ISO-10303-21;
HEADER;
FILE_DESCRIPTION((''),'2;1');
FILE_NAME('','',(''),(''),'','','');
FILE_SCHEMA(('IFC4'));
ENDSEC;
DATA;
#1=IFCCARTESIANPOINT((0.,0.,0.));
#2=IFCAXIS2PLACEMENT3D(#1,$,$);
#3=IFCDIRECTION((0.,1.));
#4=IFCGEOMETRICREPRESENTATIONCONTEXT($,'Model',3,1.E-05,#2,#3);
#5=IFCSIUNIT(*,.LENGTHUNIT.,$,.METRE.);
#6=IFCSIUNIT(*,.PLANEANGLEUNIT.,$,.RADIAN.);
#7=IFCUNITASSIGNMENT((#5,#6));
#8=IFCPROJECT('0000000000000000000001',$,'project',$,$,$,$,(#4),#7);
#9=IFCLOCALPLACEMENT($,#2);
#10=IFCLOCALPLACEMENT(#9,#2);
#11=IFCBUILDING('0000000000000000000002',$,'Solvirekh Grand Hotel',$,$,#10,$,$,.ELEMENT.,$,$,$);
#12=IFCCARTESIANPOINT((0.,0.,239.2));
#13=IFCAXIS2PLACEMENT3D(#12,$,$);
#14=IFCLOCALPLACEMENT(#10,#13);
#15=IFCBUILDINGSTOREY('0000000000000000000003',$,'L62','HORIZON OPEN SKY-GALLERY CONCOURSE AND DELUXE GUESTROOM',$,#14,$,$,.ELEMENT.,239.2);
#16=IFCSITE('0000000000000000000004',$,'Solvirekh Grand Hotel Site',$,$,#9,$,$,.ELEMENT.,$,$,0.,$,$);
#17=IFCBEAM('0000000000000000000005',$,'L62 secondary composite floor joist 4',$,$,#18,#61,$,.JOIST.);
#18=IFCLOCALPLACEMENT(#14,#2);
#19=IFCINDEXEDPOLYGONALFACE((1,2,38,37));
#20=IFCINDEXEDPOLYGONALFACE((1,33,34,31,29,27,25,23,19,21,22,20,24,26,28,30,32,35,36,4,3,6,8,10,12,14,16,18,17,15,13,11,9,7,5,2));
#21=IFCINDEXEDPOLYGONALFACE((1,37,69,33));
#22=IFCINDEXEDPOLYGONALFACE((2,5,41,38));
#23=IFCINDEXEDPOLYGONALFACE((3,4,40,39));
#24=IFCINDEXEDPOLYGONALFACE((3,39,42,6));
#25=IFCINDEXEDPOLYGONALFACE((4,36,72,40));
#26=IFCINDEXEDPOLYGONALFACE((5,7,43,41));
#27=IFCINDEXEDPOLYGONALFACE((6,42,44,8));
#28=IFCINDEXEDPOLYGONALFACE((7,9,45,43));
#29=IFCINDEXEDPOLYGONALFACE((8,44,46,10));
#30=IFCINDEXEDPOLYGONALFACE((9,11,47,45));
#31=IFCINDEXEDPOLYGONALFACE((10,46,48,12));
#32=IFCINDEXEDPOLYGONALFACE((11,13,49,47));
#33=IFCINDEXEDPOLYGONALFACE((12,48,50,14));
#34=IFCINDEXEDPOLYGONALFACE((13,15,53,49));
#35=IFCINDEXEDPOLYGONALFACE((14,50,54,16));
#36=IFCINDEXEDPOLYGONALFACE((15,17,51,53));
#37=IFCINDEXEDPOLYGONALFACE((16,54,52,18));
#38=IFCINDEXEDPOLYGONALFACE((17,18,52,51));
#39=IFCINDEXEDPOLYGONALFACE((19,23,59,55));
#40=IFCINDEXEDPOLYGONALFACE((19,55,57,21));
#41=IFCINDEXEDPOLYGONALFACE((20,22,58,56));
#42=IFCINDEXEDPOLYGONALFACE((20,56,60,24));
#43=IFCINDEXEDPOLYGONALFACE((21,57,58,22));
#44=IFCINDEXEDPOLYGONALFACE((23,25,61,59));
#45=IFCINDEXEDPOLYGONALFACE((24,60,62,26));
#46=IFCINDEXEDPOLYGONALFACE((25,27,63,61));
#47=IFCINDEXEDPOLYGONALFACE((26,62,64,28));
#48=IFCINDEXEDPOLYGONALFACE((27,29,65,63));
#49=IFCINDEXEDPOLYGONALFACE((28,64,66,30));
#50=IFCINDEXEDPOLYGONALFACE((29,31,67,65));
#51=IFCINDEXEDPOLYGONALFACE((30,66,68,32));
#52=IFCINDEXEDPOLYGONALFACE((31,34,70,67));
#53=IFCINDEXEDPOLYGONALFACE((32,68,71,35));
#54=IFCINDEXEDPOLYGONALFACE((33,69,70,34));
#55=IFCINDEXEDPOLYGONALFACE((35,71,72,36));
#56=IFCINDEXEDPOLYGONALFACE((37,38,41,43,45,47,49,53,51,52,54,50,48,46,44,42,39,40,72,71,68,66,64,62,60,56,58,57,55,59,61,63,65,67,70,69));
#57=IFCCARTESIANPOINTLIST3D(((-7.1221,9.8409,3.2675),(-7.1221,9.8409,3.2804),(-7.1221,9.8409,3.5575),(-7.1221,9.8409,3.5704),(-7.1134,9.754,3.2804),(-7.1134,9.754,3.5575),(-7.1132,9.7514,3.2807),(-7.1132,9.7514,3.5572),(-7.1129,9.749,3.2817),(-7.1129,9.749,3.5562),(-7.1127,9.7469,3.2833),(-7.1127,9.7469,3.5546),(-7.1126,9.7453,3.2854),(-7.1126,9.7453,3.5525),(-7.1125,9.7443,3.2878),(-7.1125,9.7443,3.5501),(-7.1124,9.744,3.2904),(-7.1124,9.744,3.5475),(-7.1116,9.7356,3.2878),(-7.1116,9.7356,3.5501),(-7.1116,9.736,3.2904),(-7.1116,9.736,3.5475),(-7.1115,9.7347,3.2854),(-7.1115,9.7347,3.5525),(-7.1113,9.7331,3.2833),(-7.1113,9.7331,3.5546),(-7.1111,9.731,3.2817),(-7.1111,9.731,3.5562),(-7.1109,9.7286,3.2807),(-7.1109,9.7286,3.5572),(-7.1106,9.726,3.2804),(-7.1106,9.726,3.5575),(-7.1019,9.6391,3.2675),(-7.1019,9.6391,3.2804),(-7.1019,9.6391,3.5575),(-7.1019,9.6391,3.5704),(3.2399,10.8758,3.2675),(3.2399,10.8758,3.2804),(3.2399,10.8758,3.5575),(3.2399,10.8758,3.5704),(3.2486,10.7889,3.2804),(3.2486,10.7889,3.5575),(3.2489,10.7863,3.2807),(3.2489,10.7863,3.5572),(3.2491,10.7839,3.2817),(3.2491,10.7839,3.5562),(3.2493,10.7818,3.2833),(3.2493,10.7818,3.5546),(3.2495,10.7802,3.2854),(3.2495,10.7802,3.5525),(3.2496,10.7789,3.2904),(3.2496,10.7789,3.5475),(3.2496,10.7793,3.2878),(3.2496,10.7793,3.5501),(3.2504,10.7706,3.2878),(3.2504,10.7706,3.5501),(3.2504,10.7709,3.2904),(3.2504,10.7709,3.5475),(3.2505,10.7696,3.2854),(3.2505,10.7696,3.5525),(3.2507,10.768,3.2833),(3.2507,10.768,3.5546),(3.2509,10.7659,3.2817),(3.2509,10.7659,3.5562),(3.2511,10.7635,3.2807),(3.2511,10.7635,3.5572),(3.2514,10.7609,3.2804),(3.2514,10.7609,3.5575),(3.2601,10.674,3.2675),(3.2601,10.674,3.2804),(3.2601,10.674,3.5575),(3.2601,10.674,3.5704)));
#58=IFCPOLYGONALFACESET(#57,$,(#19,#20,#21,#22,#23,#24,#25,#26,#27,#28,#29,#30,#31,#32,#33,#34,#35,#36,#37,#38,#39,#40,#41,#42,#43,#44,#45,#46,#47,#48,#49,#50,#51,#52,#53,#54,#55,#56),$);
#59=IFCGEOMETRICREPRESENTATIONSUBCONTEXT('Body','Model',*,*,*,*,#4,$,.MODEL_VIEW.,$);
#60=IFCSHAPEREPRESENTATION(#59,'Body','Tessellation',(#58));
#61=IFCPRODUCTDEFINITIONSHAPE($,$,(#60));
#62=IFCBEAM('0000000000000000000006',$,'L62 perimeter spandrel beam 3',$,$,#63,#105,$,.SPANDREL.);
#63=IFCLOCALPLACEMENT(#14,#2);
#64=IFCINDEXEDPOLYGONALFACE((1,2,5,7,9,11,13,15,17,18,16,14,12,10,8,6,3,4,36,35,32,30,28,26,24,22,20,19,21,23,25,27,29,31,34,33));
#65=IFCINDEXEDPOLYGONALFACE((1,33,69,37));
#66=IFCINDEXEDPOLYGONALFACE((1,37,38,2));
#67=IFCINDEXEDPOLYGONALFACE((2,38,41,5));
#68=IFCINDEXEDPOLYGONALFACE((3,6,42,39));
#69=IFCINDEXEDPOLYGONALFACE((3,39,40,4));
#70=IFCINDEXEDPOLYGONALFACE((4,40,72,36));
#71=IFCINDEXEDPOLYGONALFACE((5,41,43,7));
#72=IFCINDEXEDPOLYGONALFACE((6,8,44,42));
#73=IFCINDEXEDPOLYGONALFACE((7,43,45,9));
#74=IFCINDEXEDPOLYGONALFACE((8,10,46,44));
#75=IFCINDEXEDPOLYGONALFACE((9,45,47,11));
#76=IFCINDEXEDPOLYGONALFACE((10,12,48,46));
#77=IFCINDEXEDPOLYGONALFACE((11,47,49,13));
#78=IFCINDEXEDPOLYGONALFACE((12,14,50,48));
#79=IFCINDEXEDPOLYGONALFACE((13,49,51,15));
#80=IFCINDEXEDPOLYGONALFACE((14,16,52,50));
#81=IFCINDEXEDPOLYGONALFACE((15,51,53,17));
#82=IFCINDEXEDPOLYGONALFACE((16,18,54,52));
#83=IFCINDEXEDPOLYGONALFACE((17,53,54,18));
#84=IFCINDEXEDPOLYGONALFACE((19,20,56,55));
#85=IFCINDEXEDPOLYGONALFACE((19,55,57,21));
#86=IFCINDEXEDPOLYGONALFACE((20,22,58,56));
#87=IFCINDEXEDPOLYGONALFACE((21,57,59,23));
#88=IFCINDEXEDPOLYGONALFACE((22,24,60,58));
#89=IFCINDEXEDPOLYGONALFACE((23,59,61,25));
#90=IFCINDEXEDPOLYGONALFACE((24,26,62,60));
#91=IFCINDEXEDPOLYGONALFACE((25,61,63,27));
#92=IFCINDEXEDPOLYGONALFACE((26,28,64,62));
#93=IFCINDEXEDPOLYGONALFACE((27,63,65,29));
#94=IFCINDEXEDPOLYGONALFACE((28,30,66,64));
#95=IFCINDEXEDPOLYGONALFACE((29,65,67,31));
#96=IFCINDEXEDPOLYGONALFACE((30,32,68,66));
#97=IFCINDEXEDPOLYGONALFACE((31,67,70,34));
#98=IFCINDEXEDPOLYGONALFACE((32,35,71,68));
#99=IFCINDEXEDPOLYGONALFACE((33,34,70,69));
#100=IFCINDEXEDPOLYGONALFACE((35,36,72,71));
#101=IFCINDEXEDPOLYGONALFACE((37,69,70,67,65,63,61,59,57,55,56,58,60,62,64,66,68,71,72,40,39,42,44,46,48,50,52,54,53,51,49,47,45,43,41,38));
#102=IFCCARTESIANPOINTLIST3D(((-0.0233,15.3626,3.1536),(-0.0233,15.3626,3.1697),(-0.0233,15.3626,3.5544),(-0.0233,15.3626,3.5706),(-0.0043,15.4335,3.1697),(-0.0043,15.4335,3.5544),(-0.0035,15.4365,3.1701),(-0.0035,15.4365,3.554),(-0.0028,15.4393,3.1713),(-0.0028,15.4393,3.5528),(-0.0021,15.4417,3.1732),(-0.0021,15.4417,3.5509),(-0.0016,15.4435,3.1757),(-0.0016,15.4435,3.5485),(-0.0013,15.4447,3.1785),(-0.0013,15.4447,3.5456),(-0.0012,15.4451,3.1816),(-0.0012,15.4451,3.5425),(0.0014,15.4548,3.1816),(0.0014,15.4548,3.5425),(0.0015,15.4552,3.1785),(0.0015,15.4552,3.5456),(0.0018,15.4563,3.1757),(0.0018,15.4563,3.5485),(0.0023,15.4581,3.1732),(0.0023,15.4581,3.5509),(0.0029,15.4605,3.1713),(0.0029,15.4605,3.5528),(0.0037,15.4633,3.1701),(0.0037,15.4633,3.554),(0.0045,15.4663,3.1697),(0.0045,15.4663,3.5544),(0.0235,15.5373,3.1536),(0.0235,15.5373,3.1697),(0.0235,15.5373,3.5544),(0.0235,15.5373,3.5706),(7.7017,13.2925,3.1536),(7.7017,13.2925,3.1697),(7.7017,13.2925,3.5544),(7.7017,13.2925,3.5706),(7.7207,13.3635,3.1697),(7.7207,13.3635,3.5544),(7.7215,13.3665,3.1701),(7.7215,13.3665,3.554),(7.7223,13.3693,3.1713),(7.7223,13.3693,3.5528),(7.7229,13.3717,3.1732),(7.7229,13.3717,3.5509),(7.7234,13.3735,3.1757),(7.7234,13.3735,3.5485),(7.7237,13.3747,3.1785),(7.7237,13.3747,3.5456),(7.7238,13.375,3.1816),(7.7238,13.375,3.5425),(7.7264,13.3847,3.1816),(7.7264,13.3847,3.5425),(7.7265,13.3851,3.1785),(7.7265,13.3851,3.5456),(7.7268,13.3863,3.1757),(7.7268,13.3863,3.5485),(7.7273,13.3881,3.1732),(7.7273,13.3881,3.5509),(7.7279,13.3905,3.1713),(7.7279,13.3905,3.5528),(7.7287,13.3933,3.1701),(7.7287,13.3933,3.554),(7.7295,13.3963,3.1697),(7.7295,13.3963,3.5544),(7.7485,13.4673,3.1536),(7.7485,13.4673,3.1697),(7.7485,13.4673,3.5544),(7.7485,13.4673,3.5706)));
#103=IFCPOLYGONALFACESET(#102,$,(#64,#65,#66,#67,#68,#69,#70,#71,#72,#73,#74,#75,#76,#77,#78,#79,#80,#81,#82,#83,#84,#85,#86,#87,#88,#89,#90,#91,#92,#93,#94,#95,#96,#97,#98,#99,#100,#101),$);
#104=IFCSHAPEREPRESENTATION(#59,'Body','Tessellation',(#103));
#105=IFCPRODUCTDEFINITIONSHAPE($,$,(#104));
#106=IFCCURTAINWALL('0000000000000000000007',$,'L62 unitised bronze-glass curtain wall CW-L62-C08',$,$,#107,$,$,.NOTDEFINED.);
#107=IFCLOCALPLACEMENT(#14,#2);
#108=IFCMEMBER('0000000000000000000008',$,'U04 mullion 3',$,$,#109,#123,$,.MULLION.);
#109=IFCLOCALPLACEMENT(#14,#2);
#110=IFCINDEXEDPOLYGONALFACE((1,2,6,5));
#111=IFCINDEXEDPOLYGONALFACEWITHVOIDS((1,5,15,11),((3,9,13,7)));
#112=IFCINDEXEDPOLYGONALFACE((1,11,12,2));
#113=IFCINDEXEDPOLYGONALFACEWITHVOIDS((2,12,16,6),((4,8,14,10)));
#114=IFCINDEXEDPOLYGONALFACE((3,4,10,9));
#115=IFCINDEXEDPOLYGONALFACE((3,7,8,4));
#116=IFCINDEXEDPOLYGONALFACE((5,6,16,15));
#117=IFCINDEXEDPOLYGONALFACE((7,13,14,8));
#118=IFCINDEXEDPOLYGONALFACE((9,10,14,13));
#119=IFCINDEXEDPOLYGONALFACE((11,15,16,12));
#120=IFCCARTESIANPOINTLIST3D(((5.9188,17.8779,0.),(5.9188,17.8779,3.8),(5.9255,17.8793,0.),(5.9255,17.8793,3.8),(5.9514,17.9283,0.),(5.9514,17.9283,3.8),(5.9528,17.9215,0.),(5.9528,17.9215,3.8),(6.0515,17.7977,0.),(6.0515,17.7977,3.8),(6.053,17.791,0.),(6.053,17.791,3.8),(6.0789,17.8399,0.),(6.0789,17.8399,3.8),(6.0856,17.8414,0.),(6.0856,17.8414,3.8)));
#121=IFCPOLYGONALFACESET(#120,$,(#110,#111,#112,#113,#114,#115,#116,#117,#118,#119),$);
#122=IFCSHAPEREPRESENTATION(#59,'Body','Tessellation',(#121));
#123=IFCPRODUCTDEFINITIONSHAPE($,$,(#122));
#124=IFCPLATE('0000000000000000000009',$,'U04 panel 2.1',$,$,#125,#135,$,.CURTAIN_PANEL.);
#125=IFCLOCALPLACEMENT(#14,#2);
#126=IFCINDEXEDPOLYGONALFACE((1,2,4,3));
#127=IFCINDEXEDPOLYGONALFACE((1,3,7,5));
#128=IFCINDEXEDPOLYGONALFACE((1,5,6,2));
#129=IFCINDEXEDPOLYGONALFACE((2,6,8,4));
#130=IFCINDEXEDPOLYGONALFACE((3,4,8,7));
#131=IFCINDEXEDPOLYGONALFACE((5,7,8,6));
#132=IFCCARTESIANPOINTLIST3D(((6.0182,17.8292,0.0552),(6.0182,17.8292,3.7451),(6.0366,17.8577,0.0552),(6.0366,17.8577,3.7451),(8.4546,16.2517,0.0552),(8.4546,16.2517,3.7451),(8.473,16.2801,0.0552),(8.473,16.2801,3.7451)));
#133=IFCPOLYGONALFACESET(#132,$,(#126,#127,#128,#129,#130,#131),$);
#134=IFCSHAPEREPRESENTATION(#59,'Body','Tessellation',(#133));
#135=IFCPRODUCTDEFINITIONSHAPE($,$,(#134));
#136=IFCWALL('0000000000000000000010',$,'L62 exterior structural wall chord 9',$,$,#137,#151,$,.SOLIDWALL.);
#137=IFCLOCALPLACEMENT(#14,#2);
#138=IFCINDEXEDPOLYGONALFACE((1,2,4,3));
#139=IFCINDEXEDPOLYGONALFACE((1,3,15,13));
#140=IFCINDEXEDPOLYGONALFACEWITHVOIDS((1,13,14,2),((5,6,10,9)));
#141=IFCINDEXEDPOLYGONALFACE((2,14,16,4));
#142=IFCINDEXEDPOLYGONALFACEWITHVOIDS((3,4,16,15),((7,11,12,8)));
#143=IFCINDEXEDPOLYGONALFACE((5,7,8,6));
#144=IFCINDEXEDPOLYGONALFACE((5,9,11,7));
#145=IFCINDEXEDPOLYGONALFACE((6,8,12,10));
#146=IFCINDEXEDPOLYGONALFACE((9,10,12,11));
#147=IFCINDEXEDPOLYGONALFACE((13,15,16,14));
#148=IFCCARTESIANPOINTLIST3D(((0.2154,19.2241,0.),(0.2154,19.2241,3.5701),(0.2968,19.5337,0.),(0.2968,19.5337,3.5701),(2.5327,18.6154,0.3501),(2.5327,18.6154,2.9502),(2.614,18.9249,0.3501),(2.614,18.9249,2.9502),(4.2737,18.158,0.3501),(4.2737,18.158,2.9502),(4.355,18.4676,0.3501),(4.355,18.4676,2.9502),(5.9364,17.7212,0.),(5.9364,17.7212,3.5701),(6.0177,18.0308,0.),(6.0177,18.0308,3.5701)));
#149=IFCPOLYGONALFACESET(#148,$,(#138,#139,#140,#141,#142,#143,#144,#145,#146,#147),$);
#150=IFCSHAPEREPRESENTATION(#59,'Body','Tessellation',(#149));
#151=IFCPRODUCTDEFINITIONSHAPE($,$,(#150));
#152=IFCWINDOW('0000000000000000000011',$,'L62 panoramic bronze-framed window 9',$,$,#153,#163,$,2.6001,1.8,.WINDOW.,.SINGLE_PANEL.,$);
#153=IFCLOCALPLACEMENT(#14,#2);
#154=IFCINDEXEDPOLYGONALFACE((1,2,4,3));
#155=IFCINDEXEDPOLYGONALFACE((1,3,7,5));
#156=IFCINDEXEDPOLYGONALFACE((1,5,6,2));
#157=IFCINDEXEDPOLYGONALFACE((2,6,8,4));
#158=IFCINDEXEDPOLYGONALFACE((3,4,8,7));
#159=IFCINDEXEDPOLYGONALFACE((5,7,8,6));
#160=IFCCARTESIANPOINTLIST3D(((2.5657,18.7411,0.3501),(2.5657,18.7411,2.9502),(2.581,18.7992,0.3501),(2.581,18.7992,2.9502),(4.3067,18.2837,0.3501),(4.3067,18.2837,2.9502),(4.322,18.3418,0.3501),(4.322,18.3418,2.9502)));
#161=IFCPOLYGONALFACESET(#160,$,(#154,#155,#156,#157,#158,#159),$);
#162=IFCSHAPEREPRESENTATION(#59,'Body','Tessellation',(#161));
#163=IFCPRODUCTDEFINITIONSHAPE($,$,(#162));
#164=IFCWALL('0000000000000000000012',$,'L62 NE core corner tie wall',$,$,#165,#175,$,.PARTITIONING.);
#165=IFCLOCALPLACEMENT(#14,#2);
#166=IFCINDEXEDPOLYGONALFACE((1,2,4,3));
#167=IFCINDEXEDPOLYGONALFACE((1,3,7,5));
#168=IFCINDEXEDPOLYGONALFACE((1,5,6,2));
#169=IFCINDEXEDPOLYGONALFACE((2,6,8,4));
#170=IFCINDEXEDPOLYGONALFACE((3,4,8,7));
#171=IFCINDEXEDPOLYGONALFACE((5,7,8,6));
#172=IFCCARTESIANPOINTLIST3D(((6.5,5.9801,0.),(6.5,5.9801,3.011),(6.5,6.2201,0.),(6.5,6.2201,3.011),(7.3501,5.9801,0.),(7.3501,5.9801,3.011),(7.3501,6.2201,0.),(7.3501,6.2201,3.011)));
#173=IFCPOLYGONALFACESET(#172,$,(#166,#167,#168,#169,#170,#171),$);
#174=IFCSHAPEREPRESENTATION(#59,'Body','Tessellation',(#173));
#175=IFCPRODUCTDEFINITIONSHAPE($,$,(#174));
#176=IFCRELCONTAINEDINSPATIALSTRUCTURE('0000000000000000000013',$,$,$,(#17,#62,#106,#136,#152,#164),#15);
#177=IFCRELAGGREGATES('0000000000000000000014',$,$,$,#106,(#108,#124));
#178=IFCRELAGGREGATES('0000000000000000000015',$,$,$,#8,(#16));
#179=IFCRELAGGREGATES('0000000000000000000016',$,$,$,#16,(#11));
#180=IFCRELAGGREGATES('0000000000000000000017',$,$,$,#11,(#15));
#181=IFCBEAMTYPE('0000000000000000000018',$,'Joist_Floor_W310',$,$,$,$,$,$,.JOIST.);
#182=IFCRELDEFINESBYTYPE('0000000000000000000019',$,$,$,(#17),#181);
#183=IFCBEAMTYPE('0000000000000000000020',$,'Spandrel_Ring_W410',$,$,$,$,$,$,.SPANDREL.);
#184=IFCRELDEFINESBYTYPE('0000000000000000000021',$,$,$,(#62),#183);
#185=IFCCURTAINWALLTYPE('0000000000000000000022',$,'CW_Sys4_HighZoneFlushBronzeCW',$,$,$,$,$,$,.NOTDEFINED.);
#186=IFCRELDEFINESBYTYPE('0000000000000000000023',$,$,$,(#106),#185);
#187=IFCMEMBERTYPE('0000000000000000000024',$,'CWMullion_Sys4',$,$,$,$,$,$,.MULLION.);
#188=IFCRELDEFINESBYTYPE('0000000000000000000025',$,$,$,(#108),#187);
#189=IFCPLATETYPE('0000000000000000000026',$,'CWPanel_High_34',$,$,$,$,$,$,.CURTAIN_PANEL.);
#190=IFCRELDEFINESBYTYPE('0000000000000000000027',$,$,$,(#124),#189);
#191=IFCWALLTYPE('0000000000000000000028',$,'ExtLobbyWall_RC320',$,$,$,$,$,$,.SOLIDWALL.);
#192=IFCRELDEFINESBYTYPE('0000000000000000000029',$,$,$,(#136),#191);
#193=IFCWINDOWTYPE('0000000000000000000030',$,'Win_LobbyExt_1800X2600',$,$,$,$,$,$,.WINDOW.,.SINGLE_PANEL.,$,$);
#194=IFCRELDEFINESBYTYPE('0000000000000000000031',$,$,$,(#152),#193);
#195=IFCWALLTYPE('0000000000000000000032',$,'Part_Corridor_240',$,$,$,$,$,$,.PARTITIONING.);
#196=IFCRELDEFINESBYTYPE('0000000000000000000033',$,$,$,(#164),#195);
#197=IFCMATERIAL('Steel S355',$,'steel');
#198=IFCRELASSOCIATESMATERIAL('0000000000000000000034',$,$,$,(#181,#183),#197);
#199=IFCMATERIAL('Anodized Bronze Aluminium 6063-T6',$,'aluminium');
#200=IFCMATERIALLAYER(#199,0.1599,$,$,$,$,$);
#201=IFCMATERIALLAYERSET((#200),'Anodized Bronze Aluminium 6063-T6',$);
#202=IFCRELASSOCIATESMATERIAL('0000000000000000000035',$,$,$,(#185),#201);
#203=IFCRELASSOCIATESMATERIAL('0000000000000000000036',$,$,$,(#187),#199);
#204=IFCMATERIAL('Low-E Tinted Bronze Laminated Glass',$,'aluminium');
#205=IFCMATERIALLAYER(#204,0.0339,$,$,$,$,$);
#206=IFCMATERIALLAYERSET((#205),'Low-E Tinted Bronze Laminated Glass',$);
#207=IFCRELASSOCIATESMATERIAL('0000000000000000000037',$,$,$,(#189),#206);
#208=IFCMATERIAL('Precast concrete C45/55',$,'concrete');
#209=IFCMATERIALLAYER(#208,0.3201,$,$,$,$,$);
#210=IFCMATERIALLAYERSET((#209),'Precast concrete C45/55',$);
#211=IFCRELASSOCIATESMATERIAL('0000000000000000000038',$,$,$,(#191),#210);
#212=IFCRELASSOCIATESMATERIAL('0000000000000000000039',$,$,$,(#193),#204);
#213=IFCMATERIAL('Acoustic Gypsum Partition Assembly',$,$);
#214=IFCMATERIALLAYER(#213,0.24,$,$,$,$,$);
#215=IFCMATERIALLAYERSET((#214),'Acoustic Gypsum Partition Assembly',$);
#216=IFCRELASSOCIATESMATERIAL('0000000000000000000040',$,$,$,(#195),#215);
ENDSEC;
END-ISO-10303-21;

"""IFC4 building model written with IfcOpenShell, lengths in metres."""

from ifc_helpers import new_model, si_unit, direction, frame, frame_2d, origin, origin_2d, place, context, subcontext, project, spatial, rectangle, hollow_rectangle, i_section, extrude, source, transform, mapped, material, layer, layer_set, material_profile, profile_set, type_object, element, fill, aggregate, save


model = new_model("IFC4")

# Units and contexts
model_context = context("Model", 3, precision=1e-05, world=origin(), true_north=direction((0.0, 1.0)))
body_context = subcontext(model_context, "Body", "Model", "MODEL_VIEW")
ifc_project = project(units=[si_unit("LENGTHUNIT", "METRE"), si_unit("PLANEANGLEUNIT", "RADIAN")], contexts=[model_context])

# Site, building, storey
site_placement = place(None, origin())
site = spatial("IfcSite", under=ifc_project, at=site_placement, Name="Solvirekh Grand Hotel Site", CompositionType="ELEMENT", RefElevation=0.0)
building_placement = place(site_placement, origin())
building = spatial("IfcBuilding", under=site, at=building_placement, Name="Solvirekh Grand Hotel", CompositionType="ELEMENT")
storey_placement = place(building_placement, frame((0.0, 0.0, 239.2)))
storey = spatial("IfcBuildingStorey", under=building, at=storey_placement, Name="L62", Description="HORIZON OPEN SKY-GALLERY CONCOURSE AND DELUXE GUESTROOM", CompositionType="ELEMENT", Elevation=239.2)

# Beams
ifc_material_1 = material(Name="Steel S355", Category="steel")
ifc_material_profile_1 = material_profile(ifc_material_1, i_section(OverallWidth=0.2029, OverallDepth=0.303, WebThickness=0.0081, FlangeThickness=0.0129, FilletRadius=0.01, at=origin_2d()), Name="W310X60")
ifc_profile_set_1 = profile_set([ifc_material_profile_1], Name="Steel S355")
beam_type_1 = type_object("IfcBeamType", Name="Joist_Floor_W310", PredefinedType="JOIST", material=ifc_profile_set_1)
beam_1_placement = place(storey_placement, frame((3.25, 10.7749, 3.4189), z_axis=(-0.995049, -0.099381, 0.0), x_axis=(0.099381, -0.995049, 0.0)))
element("IfcBeam", 1, at=beam_1_placement, inside=storey, type_object=beam_type_1, Name="L62 secondary composite floor joist 4", PredefinedType="JOIST", context=body_context, shape_type="SweptSolid", body=[
    extrude(i_section(OverallWidth=0.2029, OverallDepth=0.303, WebThickness=0.0081, FlangeThickness=0.0129, FilletRadius=0.01, at=origin_2d()), origin(), (0.0, 0.0, 1.0), 10.4136),
])
ifc_material_profile_2 = material_profile(ifc_material_1, i_section(OverallWidth=0.1809, OverallDepth=0.417, WebThickness=0.01, FlangeThickness=0.0161, FilletRadius=0.012, at=origin_2d()), Name="W410X85")
ifc_profile_set_2 = profile_set([ifc_material_profile_2], Name="Steel S355")
beam_type_2 = type_object("IfcBeamType", Name="Spandrel_Ring_W410", PredefinedType="SPANDREL", material=ifc_profile_set_2)
beam_2_placement = place(storey_placement, frame((7.7251, 13.3799, 3.3621), z_axis=(-0.965922, 0.258835, 0.0), x_axis=(-0.258835, -0.965922, 0.0)))
element("IfcBeam", 2, at=beam_2_placement, inside=storey, type_object=beam_type_2, Name="L62 perimeter spandrel beam 3", PredefinedType="SPANDREL", context=body_context, shape_type="SweptSolid", body=[
    extrude(i_section(OverallWidth=0.1809, OverallDepth=0.417, WebThickness=0.01, FlangeThickness=0.0161, FilletRadius=0.012, at=origin_2d()), origin(), (0.0, 0.0, 1.0), 7.9976),
])

# Curtain wall, member, plate
ifc_material_2 = material(Name="Anodized Bronze Aluminium 6063-T6", Category="aluminium")
ifc_layer_1 = layer(ifc_material_2, 0.1599)
ifc_layer_set_1 = layer_set([ifc_layer_1], Name="Anodized Bronze Aluminium 6063-T6")
curtain_wall_type = type_object("IfcCurtainWallType", Name="CW_Sys4_HighZoneFlushBronzeCW", PredefinedType="NOTDEFINED", material=ifc_layer_set_1)
curtain_wall_placement = place(storey_placement, origin())
curtain_wall = element("IfcCurtainWall", 3, at=curtain_wall_placement, inside=storey, type_object=curtain_wall_type, Name="L62 unitised bronze-glass curtain wall CW-L62-C08", PredefinedType="NOTDEFINED")
ifc_material_profile_3 = material_profile(ifc_material_2, hollow_rectangle(XDim=0.0601, YDim=0.1599, WallThickness=0.0049, at=origin_2d()), Name="ALU RHS 160X60X5")
ifc_profile_set_3 = profile_set([ifc_material_profile_3], Name="Anodized Bronze Aluminium 6063-T6")
member_type = type_object("IfcMemberType", Name="CWMullion_Sys4", PredefinedType="MULLION", material=ifc_profile_set_3)
shared_shape_1 = source(origin(), body_context, "Body", "SweptSolid", [
    extrude(hollow_rectangle(XDim=0.0601, YDim=0.1599, WallThickness=0.0049, at=origin_2d()), origin(), (0.0, 0.0, 1.0), 3.8),
])
member_placement = place(storey_placement, frame((6.0022, 17.8596, 0.0), z_axis=(0.0, 0.0, 1.0), x_axis=(-0.543508, -0.839404, 0.0)))
member = element("IfcMember", 4, at=member_placement, type_object=member_type, Name="U04 mullion 3", PredefinedType="MULLION", context=body_context, shape_type="MappedRepresentation", body=[
    mapped(shared_shape_1, transform((0.0, 0.0, 0.0), x_axis=(1.0, 0.0, 0.0), y_axis=(0.0, 1.0, 0.0), z_axis=(0.0, 0.0, 1.0), scale=1.0)),
])
ifc_material_3 = material(Name="Low-E Tinted Bronze Laminated Glass", Category="aluminium")
ifc_layer_2 = layer(ifc_material_3, 0.0339)
ifc_layer_set_2 = layer_set([ifc_layer_2], Name="Low-E Tinted Bronze Laminated Glass")
plate_type = type_object("IfcPlateType", Name="CWPanel_High_34", PredefinedType="CURTAIN_PANEL", material=ifc_layer_set_2)
shared_shape_2 = source(origin(), body_context, "Body", "SweptSolid", [
    extrude(rectangle(XDim=2.9026, YDim=0.0339, at=origin_2d()), origin(), (0.0, 0.0, 1.0), 3.6899),
])
plate_placement = place(storey_placement, frame((7.2456, 17.0547, 0.0552), z_axis=(0.0, 0.0, 1.0), x_axis=(-0.839404, 0.543508, 0.0)))
plate = element("IfcPlate", 5, at=plate_placement, type_object=plate_type, Name="U04 panel 2.1", PredefinedType="CURTAIN_PANEL", context=body_context, shape_type="MappedRepresentation", body=[
    mapped(shared_shape_2, transform((0.0, 0.0, 0.0), x_axis=(1.0, 0.0, 0.0), y_axis=(0.0, 1.0, 0.0), z_axis=(0.0, 0.0, 1.0), scale=1.0)),
])
aggregate(curtain_wall, [member, plate])

# Wall, opening, window
ifc_material_4 = material(Name="Precast concrete C45/55", Category="concrete")
ifc_layer_3 = layer(ifc_material_4, 0.3201)
ifc_layer_set_3 = layer_set([ifc_layer_3], Name="Precast concrete C45/55")
wall_type_1 = type_object("IfcWallType", Name="ExtLobbyWall_RC320", PredefinedType="SOLIDWALL", material=ifc_layer_set_3)
wall_1_placement = place(storey_placement, frame((0.2561, 19.3789, 0.0), z_axis=(0.0, 0.0, 1.0), x_axis=(0.967182, -0.254085, 0.0)))
wall_1 = element("IfcWall", 6, at=wall_1_placement, inside=storey, type_object=wall_type_1, Name="L62 exterior structural wall chord 9", PredefinedType="SOLIDWALL", context=body_context, shape_type="SweptSolid", body=[
    extrude(rectangle(XDim=5.915, YDim=0.3201, at=frame_2d((2.9575, 0.0))), origin(), (0.0, 0.0, 1.0), 3.5701),
])
opening_1_placement = place(wall_1_placement, frame((2.396, 0.0, 0.3501)))
opening_1 = element("IfcOpeningElement", 7, at=opening_1_placement, cuts=wall_1, PredefinedType="OPENING", context=body_context, shape_type="SweptSolid", body=[
    extrude(rectangle(XDim=1.8, YDim=2.6001, at=frame_2d((0.8999, 1.3))), frame((0.0, 0.1699, 0.0), z_axis=(0.0, -1.0, 0.0), x_axis=(1.0, 0.0, 0.0)), (0.0, 0.0, 1.0), 0.3401),
])
window_type = type_object("IfcWindowType", Name="Win_LobbyExt_1800X2600", PartitioningType="SINGLE_PANEL", PredefinedType="WINDOW", material=ifc_material_3)
window_placement = place(opening_1_placement, origin())
window = element("IfcWindow", 8, at=window_placement, inside=storey, type_object=window_type, Name="L62 panoramic bronze-framed window 9", OverallHeight=2.6001, OverallWidth=1.8, PartitioningType="SINGLE_PANEL", PredefinedType="WINDOW", context=body_context, shape_type="SweptSolid", body=[
    extrude(rectangle(XDim=1.8, YDim=2.6001, at=frame_2d((0.8999, 1.3))), frame((0.0, 0.03, 0.0), z_axis=(0.0, -1.0, 0.0), x_axis=(1.0, 0.0, 0.0)), (0.0, 0.0, 1.0), 0.0601),
])
fill(opening_1, window)

# Wall
ifc_material_5 = material(Name="Acoustic Gypsum Partition Assembly")
ifc_layer_4 = layer(ifc_material_5, 0.24)
ifc_layer_set_4 = layer_set([ifc_layer_4], Name="Acoustic Gypsum Partition Assembly")
wall_type_2 = type_object("IfcWallType", Name="Part_Corridor_240", PredefinedType="PARTITIONING", material=ifc_layer_set_4)
wall_2_placement = place(storey_placement, frame((6.5, 6.1001, 0.0), z_axis=(0.0, 0.0, 1.0), x_axis=(1.0, 0.0, 0.0)))
element("IfcWall", 9, at=wall_2_placement, inside=storey, type_object=wall_type_2, Name="L62 NE core corner tie wall", PredefinedType="PARTITIONING", context=body_context, shape_type="SweptSolid", body=[
    extrude(rectangle(XDim=0.8501, YDim=0.24, at=frame_2d((0.425, 0.0))), origin(), (0.0, 0.0, 1.0), 3.011),
])

save(model, "model.ifc")
